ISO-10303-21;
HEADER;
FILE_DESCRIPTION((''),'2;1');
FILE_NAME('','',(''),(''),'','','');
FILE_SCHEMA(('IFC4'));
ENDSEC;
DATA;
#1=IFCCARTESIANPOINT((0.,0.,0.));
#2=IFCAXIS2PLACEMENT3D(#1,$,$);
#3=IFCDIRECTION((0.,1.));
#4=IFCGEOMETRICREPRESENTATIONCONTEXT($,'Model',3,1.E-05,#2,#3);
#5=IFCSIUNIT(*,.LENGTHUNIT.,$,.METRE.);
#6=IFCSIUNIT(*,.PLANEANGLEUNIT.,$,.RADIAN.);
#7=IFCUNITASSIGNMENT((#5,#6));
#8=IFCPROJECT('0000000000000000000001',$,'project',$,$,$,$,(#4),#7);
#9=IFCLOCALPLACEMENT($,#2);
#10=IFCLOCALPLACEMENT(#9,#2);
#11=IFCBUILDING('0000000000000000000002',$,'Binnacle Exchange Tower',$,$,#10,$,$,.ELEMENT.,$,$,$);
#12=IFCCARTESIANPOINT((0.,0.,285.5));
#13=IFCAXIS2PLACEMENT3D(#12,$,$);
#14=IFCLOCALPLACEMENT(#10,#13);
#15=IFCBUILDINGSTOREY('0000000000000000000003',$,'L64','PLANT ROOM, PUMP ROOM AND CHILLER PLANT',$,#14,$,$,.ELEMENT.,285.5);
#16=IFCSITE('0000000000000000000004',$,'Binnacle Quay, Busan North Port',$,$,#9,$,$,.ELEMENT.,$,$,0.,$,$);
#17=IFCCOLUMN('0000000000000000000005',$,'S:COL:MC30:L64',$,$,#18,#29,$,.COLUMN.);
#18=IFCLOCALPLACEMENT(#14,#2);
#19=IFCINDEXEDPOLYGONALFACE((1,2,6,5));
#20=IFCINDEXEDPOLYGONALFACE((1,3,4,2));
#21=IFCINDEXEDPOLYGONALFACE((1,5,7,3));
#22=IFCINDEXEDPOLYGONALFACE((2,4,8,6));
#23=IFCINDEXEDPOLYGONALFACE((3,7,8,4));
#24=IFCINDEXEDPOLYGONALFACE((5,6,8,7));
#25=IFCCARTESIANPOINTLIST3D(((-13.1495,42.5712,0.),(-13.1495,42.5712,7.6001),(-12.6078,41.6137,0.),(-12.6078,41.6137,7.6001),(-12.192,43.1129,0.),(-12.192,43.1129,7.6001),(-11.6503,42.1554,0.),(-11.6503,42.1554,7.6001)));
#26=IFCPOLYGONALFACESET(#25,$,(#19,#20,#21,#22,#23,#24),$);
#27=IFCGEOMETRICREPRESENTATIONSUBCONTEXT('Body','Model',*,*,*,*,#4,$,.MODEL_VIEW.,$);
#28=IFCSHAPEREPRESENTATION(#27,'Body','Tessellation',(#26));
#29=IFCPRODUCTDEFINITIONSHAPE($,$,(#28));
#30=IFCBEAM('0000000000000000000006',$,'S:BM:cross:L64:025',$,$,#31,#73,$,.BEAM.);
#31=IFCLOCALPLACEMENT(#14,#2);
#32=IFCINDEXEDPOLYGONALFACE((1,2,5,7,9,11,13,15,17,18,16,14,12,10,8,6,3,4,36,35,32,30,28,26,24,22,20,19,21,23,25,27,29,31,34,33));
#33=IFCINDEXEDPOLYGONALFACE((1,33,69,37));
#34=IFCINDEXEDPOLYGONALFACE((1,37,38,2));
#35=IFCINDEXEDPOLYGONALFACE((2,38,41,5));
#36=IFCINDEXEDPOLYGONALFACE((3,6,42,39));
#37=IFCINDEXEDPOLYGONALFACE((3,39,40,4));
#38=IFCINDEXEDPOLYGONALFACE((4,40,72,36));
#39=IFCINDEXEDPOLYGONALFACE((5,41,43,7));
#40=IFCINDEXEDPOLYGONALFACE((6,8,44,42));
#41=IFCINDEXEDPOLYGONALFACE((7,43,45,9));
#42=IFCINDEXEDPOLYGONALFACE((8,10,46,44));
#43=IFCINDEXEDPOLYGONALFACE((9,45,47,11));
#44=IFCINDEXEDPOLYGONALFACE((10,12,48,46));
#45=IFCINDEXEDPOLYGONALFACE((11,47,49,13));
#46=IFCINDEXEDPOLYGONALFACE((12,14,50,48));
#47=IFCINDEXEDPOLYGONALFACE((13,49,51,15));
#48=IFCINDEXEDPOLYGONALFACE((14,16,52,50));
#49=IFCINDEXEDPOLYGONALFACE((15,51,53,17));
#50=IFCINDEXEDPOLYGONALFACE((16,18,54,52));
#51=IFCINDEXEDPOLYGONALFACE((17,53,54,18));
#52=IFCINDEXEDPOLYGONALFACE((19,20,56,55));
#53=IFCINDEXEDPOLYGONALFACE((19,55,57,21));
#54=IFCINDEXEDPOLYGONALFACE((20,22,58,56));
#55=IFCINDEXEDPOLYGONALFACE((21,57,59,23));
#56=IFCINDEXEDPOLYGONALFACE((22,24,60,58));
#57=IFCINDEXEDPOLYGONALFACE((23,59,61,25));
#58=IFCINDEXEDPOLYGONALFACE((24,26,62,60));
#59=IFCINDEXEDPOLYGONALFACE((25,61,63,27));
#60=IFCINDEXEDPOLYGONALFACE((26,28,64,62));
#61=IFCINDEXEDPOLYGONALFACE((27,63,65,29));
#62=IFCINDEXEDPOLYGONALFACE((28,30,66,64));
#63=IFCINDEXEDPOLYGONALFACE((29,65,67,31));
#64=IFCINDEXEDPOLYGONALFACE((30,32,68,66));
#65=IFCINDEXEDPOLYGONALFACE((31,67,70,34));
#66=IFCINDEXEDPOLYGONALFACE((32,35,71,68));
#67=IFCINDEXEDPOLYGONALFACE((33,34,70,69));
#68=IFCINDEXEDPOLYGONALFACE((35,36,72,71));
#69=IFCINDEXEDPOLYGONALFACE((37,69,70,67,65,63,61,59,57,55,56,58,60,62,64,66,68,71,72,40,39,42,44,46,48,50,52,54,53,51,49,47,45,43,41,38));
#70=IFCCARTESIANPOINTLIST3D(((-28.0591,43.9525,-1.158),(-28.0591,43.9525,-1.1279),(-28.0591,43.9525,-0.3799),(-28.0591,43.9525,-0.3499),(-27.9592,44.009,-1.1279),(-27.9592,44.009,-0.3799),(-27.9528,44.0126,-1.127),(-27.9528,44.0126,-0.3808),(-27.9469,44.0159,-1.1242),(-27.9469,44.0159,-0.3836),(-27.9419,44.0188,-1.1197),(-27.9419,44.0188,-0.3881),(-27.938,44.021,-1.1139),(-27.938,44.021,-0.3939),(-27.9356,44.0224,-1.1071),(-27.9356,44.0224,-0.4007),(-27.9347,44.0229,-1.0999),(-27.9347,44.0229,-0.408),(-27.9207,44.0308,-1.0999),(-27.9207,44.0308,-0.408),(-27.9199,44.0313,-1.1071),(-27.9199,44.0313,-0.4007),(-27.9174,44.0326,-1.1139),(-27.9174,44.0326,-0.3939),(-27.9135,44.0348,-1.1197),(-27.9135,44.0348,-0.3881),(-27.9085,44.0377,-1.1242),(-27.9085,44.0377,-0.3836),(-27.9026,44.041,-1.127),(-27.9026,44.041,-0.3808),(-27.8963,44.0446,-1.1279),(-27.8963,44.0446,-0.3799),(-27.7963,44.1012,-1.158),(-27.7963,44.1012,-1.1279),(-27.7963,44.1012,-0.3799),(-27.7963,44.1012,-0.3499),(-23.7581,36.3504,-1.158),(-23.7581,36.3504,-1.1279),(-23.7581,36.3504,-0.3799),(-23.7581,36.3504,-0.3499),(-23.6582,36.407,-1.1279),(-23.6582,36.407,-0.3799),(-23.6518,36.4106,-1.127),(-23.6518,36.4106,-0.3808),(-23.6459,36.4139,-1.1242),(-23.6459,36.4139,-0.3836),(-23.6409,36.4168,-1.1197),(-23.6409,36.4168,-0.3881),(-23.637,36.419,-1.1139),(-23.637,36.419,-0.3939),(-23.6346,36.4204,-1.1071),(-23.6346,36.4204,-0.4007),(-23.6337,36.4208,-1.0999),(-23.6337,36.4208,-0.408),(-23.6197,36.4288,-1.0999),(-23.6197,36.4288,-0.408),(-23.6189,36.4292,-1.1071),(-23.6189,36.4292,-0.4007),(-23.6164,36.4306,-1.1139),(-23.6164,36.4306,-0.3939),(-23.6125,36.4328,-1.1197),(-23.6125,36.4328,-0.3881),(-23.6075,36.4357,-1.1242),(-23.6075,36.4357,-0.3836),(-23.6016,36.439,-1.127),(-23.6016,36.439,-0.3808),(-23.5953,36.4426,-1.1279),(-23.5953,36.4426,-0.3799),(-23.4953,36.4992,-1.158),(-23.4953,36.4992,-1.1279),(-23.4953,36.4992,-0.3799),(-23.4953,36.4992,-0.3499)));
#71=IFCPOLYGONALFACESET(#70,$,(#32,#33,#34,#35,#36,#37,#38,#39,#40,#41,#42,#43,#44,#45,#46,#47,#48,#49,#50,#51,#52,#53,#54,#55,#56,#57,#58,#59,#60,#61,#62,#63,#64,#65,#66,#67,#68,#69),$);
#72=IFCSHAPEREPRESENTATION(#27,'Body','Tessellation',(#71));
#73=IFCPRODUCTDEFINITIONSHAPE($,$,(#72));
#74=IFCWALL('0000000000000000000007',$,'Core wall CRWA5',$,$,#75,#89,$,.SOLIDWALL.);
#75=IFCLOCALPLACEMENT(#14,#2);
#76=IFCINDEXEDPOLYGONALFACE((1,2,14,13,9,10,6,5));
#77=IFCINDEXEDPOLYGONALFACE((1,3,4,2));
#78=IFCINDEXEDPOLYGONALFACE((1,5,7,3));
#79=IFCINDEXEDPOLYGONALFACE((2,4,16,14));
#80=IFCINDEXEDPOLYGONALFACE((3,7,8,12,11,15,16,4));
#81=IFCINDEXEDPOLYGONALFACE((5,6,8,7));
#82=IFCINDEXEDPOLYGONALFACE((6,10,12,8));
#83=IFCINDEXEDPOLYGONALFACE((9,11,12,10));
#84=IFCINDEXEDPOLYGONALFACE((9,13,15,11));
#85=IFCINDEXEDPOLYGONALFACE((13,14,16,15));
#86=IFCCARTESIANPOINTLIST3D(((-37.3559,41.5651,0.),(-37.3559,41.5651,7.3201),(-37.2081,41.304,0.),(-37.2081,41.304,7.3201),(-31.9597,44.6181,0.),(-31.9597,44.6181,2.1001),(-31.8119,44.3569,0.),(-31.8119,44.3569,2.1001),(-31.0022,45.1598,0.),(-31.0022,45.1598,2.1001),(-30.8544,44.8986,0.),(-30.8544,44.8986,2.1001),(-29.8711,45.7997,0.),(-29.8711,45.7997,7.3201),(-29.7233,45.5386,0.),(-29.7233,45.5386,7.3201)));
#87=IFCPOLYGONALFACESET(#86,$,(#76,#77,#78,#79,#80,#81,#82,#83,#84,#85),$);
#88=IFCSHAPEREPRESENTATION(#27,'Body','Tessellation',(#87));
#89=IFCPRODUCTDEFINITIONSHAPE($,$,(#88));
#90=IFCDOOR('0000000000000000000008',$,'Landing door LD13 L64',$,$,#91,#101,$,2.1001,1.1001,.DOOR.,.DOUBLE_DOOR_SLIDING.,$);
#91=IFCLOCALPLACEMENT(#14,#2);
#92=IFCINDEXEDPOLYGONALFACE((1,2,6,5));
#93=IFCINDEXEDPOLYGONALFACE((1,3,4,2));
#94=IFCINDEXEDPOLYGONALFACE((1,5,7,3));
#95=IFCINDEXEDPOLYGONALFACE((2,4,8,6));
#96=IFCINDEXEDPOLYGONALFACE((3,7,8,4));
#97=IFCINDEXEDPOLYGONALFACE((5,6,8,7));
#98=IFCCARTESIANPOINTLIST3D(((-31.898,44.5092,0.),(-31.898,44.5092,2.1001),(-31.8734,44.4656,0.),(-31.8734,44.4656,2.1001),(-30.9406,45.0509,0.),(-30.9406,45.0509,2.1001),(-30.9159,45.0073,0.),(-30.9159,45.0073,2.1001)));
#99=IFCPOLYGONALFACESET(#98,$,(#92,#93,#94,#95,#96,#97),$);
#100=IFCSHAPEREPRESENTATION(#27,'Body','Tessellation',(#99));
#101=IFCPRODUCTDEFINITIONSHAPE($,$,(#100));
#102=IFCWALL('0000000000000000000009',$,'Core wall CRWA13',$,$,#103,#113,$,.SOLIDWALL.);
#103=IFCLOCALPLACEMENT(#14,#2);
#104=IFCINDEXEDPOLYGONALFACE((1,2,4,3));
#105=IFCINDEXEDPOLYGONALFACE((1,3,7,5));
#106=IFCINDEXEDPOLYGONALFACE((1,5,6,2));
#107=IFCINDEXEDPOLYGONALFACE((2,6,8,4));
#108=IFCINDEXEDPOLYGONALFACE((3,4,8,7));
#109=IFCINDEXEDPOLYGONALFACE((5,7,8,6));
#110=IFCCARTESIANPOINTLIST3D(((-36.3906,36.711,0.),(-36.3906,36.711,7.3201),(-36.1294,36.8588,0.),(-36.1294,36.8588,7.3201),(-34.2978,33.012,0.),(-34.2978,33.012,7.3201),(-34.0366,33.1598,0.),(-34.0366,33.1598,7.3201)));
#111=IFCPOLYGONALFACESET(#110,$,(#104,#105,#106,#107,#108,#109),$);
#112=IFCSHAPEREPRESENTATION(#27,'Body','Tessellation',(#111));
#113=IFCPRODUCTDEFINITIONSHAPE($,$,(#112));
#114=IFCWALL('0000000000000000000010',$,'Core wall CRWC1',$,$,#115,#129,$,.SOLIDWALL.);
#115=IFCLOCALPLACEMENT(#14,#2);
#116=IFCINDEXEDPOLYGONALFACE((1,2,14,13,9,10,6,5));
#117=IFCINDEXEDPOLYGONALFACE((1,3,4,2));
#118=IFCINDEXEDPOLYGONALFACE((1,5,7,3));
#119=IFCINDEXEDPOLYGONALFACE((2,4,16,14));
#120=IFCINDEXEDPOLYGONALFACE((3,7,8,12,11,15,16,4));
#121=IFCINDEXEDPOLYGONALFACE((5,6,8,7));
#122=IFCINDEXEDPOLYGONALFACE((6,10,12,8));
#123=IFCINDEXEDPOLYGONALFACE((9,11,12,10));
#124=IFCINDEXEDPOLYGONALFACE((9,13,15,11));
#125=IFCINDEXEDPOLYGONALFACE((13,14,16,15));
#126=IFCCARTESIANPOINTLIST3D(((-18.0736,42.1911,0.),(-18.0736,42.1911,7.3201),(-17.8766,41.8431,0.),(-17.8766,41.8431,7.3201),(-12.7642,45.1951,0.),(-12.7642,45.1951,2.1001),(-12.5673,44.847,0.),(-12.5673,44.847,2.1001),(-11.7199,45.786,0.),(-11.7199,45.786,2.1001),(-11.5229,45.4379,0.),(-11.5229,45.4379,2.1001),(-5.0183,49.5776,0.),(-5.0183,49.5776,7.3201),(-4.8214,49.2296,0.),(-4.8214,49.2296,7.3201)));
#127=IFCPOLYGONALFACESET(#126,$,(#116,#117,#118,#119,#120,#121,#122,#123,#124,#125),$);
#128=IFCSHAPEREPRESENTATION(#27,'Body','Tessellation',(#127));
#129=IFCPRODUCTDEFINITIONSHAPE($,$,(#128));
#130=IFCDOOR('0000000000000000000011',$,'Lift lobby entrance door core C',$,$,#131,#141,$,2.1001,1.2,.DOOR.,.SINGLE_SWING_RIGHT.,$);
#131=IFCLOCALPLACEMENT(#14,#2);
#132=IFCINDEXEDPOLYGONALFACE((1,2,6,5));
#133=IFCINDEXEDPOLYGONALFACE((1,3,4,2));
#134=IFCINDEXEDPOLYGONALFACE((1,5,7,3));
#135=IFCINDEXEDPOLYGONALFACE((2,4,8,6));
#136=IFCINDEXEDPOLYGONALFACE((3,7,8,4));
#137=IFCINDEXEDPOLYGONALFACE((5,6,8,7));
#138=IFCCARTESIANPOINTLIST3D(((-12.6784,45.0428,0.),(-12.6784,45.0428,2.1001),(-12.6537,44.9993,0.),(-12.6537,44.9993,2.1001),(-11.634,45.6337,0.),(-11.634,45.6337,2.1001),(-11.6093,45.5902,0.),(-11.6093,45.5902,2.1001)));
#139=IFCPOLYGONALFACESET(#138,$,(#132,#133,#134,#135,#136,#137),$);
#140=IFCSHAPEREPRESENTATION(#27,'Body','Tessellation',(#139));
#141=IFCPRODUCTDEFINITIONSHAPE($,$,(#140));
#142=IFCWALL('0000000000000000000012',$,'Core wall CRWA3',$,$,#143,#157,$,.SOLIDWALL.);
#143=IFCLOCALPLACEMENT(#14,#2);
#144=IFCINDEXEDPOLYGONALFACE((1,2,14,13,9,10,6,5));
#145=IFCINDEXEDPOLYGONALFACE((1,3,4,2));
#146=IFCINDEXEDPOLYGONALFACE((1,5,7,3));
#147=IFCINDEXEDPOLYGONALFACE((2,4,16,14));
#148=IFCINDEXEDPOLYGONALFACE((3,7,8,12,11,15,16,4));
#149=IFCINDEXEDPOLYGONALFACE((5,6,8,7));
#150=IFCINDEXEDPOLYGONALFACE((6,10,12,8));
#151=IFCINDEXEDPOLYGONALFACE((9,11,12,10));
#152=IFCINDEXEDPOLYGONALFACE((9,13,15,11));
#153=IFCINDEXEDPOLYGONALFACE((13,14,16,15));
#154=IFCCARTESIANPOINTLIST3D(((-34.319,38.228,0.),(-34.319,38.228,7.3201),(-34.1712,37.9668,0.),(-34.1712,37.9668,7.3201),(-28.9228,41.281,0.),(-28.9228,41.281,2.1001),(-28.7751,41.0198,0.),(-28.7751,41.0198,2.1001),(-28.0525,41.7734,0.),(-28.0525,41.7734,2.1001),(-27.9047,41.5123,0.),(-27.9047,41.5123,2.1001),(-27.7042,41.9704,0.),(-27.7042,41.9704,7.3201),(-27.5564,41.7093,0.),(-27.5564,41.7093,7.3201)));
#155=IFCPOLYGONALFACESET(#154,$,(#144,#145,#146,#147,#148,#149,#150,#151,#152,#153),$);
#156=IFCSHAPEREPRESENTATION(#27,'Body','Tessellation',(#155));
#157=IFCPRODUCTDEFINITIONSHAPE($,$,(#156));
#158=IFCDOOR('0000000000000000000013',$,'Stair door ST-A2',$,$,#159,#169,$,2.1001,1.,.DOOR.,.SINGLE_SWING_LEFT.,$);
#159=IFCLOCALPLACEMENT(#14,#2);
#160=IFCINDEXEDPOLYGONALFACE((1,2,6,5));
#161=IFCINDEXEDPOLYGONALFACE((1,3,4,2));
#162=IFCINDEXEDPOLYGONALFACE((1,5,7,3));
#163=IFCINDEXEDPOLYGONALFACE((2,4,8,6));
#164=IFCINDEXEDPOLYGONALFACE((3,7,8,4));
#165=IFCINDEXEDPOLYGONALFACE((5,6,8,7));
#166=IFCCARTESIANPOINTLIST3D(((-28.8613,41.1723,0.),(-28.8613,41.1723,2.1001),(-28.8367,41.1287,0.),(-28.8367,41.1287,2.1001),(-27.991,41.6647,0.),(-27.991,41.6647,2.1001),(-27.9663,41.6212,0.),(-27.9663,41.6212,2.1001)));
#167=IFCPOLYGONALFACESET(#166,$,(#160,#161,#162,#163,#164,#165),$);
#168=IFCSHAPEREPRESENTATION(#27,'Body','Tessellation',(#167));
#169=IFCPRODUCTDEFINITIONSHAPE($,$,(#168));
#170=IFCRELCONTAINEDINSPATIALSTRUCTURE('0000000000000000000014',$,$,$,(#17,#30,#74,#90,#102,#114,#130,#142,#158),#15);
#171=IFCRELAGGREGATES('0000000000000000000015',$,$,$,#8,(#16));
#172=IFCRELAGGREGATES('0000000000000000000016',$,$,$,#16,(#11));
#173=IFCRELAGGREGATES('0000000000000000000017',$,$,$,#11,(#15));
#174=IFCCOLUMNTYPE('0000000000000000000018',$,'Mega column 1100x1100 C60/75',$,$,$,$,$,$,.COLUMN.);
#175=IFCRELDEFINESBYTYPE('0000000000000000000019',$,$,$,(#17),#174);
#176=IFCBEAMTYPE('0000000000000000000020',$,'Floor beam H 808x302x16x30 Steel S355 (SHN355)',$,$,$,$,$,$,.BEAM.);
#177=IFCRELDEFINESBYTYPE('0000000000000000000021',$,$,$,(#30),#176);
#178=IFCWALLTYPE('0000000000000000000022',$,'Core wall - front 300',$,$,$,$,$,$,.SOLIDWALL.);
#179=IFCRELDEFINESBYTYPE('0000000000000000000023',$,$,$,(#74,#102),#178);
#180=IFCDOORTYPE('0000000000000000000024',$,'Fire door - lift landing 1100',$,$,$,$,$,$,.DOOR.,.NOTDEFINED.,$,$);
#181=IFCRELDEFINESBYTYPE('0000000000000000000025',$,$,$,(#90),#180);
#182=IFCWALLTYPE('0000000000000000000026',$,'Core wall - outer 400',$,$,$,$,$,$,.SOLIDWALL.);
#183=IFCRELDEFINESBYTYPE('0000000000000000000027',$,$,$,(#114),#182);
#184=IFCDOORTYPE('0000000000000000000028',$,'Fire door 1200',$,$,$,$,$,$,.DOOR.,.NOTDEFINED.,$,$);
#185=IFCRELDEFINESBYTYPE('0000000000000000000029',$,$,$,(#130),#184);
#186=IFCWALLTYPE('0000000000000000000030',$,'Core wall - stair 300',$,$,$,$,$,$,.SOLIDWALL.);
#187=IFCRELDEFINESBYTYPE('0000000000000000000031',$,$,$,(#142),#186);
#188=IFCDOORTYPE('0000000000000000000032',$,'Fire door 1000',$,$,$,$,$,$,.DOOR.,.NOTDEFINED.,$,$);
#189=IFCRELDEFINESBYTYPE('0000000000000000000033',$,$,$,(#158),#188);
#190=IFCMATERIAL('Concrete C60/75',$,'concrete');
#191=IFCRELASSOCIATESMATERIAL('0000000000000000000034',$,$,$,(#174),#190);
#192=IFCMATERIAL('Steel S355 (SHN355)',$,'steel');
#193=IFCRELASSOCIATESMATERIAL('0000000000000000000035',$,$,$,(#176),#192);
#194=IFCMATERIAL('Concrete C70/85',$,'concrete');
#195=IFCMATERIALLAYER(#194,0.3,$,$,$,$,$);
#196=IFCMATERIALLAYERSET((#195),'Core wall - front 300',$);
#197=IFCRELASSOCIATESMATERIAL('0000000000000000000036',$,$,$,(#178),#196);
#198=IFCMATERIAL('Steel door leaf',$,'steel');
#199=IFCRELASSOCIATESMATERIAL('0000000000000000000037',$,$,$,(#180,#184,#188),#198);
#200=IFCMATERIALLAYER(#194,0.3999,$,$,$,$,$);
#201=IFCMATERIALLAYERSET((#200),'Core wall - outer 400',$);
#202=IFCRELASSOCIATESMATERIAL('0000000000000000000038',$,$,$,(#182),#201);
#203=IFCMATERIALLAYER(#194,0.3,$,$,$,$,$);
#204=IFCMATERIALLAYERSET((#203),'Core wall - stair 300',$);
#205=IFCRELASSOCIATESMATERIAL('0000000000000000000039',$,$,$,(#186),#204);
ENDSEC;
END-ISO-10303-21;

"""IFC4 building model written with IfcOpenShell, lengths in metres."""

from ifc_helpers import new_model, si_unit, direction, frame, frame_2d, origin, origin_2d, place, context, subcontext, project, spatial, rectangle, i_section, extrude, material, layer, layer_set, material_profile, profile_set, type_object, element, fill, save


model = new_model("IFC4")

# Units and contexts
model_context = context("Model", 3, precision=1e-05, world=origin(), true_north=direction((0.0, 1.0)))
body_context = subcontext(model_context, "Body", "Model", "MODEL_VIEW")
ifc_project = project(units=[si_unit("LENGTHUNIT", "METRE"), si_unit("PLANEANGLEUNIT", "RADIAN")], contexts=[model_context])

# Site, building, storey
site_placement = place(None, origin())
site = spatial("IfcSite", under=ifc_project, at=site_placement, Name="Binnacle Quay, Busan North Port", CompositionType="ELEMENT", RefElevation=0.0)
building_placement = place(site_placement, origin())
building = spatial("IfcBuilding", under=site, at=building_placement, Name="Binnacle Exchange Tower", CompositionType="ELEMENT")
storey_placement = place(building_placement, frame((0.0, 0.0, 285.5)))
storey = spatial("IfcBuildingStorey", under=building, at=storey_placement, Name="L64", Description="PLANT ROOM, PUMP ROOM AND CHILLER PLANT", CompositionType="ELEMENT", Elevation=285.5)

# Column
ifc_material_1 = material(Name="Concrete C60/75", Category="concrete")
ifc_material_profile_1 = material_profile(ifc_material_1, rectangle(XDim=1.1001, YDim=1.1001, at=origin_2d()), Name="Mega column 1100x1100 C60/75")
ifc_profile_set_1 = profile_set([ifc_material_profile_1], Name="Concrete C60/75")
column_type = type_object("IfcColumnType", Name="Mega column 1100x1100 C60/75", PredefinedType="COLUMN", material=ifc_profile_set_1)
column_placement = place(storey_placement, frame((-12.3999, 42.3633, 0.0), z_axis=(0.0, 0.0, 1.0), x_axis=(0.870356, 0.492424, 0.0)))
element("IfcColumn", 1, at=column_placement, inside=storey, type_object=column_type, Name="S:COL:MC30:L64", PredefinedType="COLUMN", context=body_context, shape_type="SweptSolid", body=[
    extrude(rectangle(XDim=1.1001, YDim=1.1001, at=origin_2d()), origin(), (0.0, 0.0, 1.0), 7.6001),
])

# Beam
ifc_material_2 = material(Name="Steel S355 (SHN355)", Category="steel")
ifc_material_profile_2 = material_profile(ifc_material_2, i_section(OverallWidth=0.302, OverallDepth=0.8081, WebThickness=0.0161, FlangeThickness=0.03, FilletRadius=0.0281, at=origin_2d()), Name="H 808x302x16x30")
ifc_profile_set_2 = profile_set([ifc_material_profile_2], Name="Steel S355 (SHN355)")
beam_type = type_object("IfcBeamType", Name="Floor beam H 808x302x16x30 Steel S355 (SHN355)", PredefinedType="BEAM", material=ifc_profile_set_2)
beam_placement = place(storey_placement, frame((-23.6267, 36.4248, -0.7539), z_axis=(-0.492423, 0.870356, 0.0), x_axis=(-0.870356, -0.492423, 0.0)))
element("IfcBeam", 2, at=beam_placement, inside=storey, type_object=beam_type, Name="S:BM:cross:L64:025", PredefinedType="BEAM", context=body_context, shape_type="SweptSolid", body=[
    extrude(i_section(OverallWidth=0.302, OverallDepth=0.8081, WebThickness=0.0161, FlangeThickness=0.03, FilletRadius=0.0281, at=origin_2d()), origin(), (0.0, 0.0, 1.0), 8.7344),
])

# Wall, opening, door
ifc_material_3 = material(Name="Concrete C70/85", Category="concrete")
ifc_layer_1 = layer(ifc_material_3, 0.3)
ifc_layer_set_1 = layer_set([ifc_layer_1], Name="Core wall - front 300")
wall_type_1 = type_object("IfcWallType", Name="Core wall - front 300", PredefinedType="SOLIDWALL", material=ifc_layer_set_1)
wall_1_placement = place(storey_placement, frame((-37.282, 41.4346, 0.0), z_axis=(0.0, 0.0, 1.0), x_axis=(0.870361, 0.492414, 0.0)))
wall_1 = element("IfcWall", 3, at=wall_1_placement, inside=storey, type_object=wall_type_1, Name="Core wall CRWA5", PredefinedType="SOLIDWALL", context=body_context, shape_type="SweptSolid", body=[
    extrude(rectangle(XDim=8.5996, YDim=0.3, at=frame_2d((4.2998, 0.0))), origin(), (0.0, 0.0, 1.0), 7.3201),
])
opening_1_placement = place(wall_1_placement, frame((6.2, 0.0, 0.0)))
opening_1 = element("IfcOpeningElement", 4, at=opening_1_placement, cuts=wall_1, PredefinedType="OPENING", context=body_context, shape_type="SweptSolid", body=[
    extrude(rectangle(XDim=1.1001, YDim=2.1001, at=frame_2d((0.55, 1.05))), frame((0.0, 0.1599, 0.0), z_axis=(0.0, -1.0, 0.0), x_axis=(1.0, 0.0, 0.0)), (0.0, 0.0, 1.0), 0.3201),
])
ifc_material_4 = material(Name="Steel door leaf", Category="steel")
door_type_1 = type_object("IfcDoorType", Name="Fire door - lift landing 1100", OperationType="NOTDEFINED", PredefinedType="DOOR", material=ifc_material_4)
door_1_placement = place(opening_1_placement, origin())
door_1 = element("IfcDoor", 5, at=door_1_placement, inside=storey, type_object=door_type_1, Name="Landing door LD13 L64", OperationType="DOUBLE_DOOR_SLIDING", OverallHeight=2.1001, OverallWidth=1.1001, PredefinedType="DOOR", context=body_context, shape_type="SweptSolid", body=[
    extrude(rectangle(XDim=1.1001, YDim=2.1001, at=frame_2d((0.55, 1.05))), frame((0.0, 0.0249, 0.0), z_axis=(0.0, -1.0, 0.0), x_axis=(1.0, 0.0, 0.0)), (0.0, 0.0, 1.0), 0.05),
])
fill(opening_1, door_1)

# Wall
wall_2_placement = place(storey_placement, frame((-36.26, 36.7849, 0.0), z_axis=(0.0, 0.0, 1.0), x_axis=(0.492423, -0.870356, 0.0)))
element("IfcWall", 6, at=wall_2_placement, inside=storey, type_object=wall_type_1, Name="Core wall CRWA13", PredefinedType="SOLIDWALL", context=body_context, shape_type="SweptSolid", body=[
    extrude(rectangle(XDim=4.25, YDim=0.3, at=frame_2d((2.125, 0.0))), origin(), (0.0, 0.0, 1.0), 7.3201),
])

# Walls, openings, doors
ifc_layer_2 = layer(ifc_material_3, 0.3999)
ifc_layer_set_2 = layer_set([ifc_layer_2], Name="Core wall - outer 400")
wall_type_2 = type_object("IfcWallType", Name="Core wall - outer 400", PredefinedType="SOLIDWALL", material=ifc_layer_set_2)
wall_3_placement = place(storey_placement, frame((-17.9751, 42.0171, 0.0), z_axis=(0.0, 0.0, 1.0), x_axis=(0.87035, 0.492434, 0.0)))
wall_3 = element("IfcWall", 7, at=wall_3_placement, inside=storey, type_object=wall_type_2, Name="Core wall CRWC1", PredefinedType="SOLIDWALL", context=body_context, shape_type="SweptSolid", body=[
    extrude(rectangle(XDim=15.0, YDim=0.3999, at=frame_2d((7.5, 0.0))), origin(), (0.0, 0.0, 1.0), 7.3201),
])
opening_2_placement = place(wall_3_placement, frame((6.1001, 0.0, 0.0)))
opening_2 = element("IfcOpeningElement", 8, at=opening_2_placement, cuts=wall_3, PredefinedType="OPENING", context=body_context, shape_type="SweptSolid", body=[
    extrude(rectangle(XDim=1.2, YDim=2.1001, at=frame_2d((0.6001, 1.05))), frame((0.0, 0.21, 0.0), z_axis=(0.0, -1.0, 0.0), x_axis=(1.0, 0.0, 0.0)), (0.0, 0.0, 1.0), 0.4199),
])
door_type_2 = type_object("IfcDoorType", Name="Fire door 1200", OperationType="NOTDEFINED", PredefinedType="DOOR", material=ifc_material_4)
door_2_placement = place(opening_2_placement, frame((1.2, 0.0, 0.0), z_axis=(0.0, 0.0, 1.0), x_axis=(-1.0, 0.0, 0.0)))
door_2 = element("IfcDoor", 9, at=door_2_placement, inside=storey, type_object=door_type_2, Name="Lift lobby entrance door core C", OperationType="SINGLE_SWING_RIGHT", OverallHeight=2.1001, OverallWidth=1.2, PredefinedType="DOOR", context=body_context, shape_type="SweptSolid", body=[
    extrude(rectangle(XDim=1.2, YDim=2.1001, at=frame_2d((0.6001, 1.05))), frame((0.0, 0.0249, 0.0), z_axis=(0.0, -1.0, 0.0), x_axis=(1.0, 0.0, 0.0)), (0.0, 0.0, 1.0), 0.05),
])
fill(opening_2, door_2)
ifc_layer_3 = layer(ifc_material_3, 0.3)
ifc_layer_set_3 = layer_set([ifc_layer_3], Name="Core wall - stair 300")
wall_type_3 = type_object("IfcWallType", Name="Core wall - stair 300", PredefinedType="SOLIDWALL", material=ifc_layer_set_3)
wall_4_placement = place(storey_placement, frame((-34.2451, 38.0974, 0.0), z_axis=(0.0, 0.0, 1.0), x_axis=(0.870356, 0.492422, 0.0)))
wall_4 = element("IfcWall", 10, at=wall_4_placement, inside=storey, type_object=wall_type_3, Name="Core wall CRWA3", PredefinedType="SOLIDWALL", context=body_context, shape_type="SweptSolid", body=[
    extrude(rectangle(XDim=7.6001, YDim=0.3, at=frame_2d((3.8, 0.0))), origin(), (0.0, 0.0, 1.0), 7.3201),
])
opening_3_placement = place(wall_4_placement, frame((6.2, 0.0, 0.0)))
opening_3 = element("IfcOpeningElement", 11, at=opening_3_placement, cuts=wall_4, PredefinedType="OPENING", context=body_context, shape_type="SweptSolid", body=[
    extrude(rectangle(XDim=1.0, YDim=2.1001, at=frame_2d((0.5, 1.05))), frame((0.0, 0.1599, 0.0), z_axis=(0.0, -1.0, 0.0), x_axis=(1.0, 0.0, 0.0)), (0.0, 0.0, 1.0), 0.3201),
])
door_type_3 = type_object("IfcDoorType", Name="Fire door 1000", OperationType="NOTDEFINED", PredefinedType="DOOR", material=ifc_material_4)
door_3_placement = place(opening_3_placement, frame((1.0, 0.0, 0.0), z_axis=(0.0, 0.0, 1.0), x_axis=(-1.0, 0.0, 0.0)))
door_3 = element("IfcDoor", 12, at=door_3_placement, inside=storey, type_object=door_type_3, Name="Stair door ST-A2", OperationType="SINGLE_SWING_LEFT", OverallHeight=2.1001, OverallWidth=1.0, PredefinedType="DOOR", context=body_context, shape_type="SweptSolid", body=[
    extrude(rectangle(XDim=1.0, YDim=2.1001, at=frame_2d((0.5, 1.05))), frame((0.0, 0.0249, 0.0), z_axis=(0.0, -1.0, 0.0), x_axis=(1.0, 0.0, 0.0)), (0.0, 0.0, 1.0), 0.05),
])
fill(opening_3, door_3)

save(model, "model.ifc")
